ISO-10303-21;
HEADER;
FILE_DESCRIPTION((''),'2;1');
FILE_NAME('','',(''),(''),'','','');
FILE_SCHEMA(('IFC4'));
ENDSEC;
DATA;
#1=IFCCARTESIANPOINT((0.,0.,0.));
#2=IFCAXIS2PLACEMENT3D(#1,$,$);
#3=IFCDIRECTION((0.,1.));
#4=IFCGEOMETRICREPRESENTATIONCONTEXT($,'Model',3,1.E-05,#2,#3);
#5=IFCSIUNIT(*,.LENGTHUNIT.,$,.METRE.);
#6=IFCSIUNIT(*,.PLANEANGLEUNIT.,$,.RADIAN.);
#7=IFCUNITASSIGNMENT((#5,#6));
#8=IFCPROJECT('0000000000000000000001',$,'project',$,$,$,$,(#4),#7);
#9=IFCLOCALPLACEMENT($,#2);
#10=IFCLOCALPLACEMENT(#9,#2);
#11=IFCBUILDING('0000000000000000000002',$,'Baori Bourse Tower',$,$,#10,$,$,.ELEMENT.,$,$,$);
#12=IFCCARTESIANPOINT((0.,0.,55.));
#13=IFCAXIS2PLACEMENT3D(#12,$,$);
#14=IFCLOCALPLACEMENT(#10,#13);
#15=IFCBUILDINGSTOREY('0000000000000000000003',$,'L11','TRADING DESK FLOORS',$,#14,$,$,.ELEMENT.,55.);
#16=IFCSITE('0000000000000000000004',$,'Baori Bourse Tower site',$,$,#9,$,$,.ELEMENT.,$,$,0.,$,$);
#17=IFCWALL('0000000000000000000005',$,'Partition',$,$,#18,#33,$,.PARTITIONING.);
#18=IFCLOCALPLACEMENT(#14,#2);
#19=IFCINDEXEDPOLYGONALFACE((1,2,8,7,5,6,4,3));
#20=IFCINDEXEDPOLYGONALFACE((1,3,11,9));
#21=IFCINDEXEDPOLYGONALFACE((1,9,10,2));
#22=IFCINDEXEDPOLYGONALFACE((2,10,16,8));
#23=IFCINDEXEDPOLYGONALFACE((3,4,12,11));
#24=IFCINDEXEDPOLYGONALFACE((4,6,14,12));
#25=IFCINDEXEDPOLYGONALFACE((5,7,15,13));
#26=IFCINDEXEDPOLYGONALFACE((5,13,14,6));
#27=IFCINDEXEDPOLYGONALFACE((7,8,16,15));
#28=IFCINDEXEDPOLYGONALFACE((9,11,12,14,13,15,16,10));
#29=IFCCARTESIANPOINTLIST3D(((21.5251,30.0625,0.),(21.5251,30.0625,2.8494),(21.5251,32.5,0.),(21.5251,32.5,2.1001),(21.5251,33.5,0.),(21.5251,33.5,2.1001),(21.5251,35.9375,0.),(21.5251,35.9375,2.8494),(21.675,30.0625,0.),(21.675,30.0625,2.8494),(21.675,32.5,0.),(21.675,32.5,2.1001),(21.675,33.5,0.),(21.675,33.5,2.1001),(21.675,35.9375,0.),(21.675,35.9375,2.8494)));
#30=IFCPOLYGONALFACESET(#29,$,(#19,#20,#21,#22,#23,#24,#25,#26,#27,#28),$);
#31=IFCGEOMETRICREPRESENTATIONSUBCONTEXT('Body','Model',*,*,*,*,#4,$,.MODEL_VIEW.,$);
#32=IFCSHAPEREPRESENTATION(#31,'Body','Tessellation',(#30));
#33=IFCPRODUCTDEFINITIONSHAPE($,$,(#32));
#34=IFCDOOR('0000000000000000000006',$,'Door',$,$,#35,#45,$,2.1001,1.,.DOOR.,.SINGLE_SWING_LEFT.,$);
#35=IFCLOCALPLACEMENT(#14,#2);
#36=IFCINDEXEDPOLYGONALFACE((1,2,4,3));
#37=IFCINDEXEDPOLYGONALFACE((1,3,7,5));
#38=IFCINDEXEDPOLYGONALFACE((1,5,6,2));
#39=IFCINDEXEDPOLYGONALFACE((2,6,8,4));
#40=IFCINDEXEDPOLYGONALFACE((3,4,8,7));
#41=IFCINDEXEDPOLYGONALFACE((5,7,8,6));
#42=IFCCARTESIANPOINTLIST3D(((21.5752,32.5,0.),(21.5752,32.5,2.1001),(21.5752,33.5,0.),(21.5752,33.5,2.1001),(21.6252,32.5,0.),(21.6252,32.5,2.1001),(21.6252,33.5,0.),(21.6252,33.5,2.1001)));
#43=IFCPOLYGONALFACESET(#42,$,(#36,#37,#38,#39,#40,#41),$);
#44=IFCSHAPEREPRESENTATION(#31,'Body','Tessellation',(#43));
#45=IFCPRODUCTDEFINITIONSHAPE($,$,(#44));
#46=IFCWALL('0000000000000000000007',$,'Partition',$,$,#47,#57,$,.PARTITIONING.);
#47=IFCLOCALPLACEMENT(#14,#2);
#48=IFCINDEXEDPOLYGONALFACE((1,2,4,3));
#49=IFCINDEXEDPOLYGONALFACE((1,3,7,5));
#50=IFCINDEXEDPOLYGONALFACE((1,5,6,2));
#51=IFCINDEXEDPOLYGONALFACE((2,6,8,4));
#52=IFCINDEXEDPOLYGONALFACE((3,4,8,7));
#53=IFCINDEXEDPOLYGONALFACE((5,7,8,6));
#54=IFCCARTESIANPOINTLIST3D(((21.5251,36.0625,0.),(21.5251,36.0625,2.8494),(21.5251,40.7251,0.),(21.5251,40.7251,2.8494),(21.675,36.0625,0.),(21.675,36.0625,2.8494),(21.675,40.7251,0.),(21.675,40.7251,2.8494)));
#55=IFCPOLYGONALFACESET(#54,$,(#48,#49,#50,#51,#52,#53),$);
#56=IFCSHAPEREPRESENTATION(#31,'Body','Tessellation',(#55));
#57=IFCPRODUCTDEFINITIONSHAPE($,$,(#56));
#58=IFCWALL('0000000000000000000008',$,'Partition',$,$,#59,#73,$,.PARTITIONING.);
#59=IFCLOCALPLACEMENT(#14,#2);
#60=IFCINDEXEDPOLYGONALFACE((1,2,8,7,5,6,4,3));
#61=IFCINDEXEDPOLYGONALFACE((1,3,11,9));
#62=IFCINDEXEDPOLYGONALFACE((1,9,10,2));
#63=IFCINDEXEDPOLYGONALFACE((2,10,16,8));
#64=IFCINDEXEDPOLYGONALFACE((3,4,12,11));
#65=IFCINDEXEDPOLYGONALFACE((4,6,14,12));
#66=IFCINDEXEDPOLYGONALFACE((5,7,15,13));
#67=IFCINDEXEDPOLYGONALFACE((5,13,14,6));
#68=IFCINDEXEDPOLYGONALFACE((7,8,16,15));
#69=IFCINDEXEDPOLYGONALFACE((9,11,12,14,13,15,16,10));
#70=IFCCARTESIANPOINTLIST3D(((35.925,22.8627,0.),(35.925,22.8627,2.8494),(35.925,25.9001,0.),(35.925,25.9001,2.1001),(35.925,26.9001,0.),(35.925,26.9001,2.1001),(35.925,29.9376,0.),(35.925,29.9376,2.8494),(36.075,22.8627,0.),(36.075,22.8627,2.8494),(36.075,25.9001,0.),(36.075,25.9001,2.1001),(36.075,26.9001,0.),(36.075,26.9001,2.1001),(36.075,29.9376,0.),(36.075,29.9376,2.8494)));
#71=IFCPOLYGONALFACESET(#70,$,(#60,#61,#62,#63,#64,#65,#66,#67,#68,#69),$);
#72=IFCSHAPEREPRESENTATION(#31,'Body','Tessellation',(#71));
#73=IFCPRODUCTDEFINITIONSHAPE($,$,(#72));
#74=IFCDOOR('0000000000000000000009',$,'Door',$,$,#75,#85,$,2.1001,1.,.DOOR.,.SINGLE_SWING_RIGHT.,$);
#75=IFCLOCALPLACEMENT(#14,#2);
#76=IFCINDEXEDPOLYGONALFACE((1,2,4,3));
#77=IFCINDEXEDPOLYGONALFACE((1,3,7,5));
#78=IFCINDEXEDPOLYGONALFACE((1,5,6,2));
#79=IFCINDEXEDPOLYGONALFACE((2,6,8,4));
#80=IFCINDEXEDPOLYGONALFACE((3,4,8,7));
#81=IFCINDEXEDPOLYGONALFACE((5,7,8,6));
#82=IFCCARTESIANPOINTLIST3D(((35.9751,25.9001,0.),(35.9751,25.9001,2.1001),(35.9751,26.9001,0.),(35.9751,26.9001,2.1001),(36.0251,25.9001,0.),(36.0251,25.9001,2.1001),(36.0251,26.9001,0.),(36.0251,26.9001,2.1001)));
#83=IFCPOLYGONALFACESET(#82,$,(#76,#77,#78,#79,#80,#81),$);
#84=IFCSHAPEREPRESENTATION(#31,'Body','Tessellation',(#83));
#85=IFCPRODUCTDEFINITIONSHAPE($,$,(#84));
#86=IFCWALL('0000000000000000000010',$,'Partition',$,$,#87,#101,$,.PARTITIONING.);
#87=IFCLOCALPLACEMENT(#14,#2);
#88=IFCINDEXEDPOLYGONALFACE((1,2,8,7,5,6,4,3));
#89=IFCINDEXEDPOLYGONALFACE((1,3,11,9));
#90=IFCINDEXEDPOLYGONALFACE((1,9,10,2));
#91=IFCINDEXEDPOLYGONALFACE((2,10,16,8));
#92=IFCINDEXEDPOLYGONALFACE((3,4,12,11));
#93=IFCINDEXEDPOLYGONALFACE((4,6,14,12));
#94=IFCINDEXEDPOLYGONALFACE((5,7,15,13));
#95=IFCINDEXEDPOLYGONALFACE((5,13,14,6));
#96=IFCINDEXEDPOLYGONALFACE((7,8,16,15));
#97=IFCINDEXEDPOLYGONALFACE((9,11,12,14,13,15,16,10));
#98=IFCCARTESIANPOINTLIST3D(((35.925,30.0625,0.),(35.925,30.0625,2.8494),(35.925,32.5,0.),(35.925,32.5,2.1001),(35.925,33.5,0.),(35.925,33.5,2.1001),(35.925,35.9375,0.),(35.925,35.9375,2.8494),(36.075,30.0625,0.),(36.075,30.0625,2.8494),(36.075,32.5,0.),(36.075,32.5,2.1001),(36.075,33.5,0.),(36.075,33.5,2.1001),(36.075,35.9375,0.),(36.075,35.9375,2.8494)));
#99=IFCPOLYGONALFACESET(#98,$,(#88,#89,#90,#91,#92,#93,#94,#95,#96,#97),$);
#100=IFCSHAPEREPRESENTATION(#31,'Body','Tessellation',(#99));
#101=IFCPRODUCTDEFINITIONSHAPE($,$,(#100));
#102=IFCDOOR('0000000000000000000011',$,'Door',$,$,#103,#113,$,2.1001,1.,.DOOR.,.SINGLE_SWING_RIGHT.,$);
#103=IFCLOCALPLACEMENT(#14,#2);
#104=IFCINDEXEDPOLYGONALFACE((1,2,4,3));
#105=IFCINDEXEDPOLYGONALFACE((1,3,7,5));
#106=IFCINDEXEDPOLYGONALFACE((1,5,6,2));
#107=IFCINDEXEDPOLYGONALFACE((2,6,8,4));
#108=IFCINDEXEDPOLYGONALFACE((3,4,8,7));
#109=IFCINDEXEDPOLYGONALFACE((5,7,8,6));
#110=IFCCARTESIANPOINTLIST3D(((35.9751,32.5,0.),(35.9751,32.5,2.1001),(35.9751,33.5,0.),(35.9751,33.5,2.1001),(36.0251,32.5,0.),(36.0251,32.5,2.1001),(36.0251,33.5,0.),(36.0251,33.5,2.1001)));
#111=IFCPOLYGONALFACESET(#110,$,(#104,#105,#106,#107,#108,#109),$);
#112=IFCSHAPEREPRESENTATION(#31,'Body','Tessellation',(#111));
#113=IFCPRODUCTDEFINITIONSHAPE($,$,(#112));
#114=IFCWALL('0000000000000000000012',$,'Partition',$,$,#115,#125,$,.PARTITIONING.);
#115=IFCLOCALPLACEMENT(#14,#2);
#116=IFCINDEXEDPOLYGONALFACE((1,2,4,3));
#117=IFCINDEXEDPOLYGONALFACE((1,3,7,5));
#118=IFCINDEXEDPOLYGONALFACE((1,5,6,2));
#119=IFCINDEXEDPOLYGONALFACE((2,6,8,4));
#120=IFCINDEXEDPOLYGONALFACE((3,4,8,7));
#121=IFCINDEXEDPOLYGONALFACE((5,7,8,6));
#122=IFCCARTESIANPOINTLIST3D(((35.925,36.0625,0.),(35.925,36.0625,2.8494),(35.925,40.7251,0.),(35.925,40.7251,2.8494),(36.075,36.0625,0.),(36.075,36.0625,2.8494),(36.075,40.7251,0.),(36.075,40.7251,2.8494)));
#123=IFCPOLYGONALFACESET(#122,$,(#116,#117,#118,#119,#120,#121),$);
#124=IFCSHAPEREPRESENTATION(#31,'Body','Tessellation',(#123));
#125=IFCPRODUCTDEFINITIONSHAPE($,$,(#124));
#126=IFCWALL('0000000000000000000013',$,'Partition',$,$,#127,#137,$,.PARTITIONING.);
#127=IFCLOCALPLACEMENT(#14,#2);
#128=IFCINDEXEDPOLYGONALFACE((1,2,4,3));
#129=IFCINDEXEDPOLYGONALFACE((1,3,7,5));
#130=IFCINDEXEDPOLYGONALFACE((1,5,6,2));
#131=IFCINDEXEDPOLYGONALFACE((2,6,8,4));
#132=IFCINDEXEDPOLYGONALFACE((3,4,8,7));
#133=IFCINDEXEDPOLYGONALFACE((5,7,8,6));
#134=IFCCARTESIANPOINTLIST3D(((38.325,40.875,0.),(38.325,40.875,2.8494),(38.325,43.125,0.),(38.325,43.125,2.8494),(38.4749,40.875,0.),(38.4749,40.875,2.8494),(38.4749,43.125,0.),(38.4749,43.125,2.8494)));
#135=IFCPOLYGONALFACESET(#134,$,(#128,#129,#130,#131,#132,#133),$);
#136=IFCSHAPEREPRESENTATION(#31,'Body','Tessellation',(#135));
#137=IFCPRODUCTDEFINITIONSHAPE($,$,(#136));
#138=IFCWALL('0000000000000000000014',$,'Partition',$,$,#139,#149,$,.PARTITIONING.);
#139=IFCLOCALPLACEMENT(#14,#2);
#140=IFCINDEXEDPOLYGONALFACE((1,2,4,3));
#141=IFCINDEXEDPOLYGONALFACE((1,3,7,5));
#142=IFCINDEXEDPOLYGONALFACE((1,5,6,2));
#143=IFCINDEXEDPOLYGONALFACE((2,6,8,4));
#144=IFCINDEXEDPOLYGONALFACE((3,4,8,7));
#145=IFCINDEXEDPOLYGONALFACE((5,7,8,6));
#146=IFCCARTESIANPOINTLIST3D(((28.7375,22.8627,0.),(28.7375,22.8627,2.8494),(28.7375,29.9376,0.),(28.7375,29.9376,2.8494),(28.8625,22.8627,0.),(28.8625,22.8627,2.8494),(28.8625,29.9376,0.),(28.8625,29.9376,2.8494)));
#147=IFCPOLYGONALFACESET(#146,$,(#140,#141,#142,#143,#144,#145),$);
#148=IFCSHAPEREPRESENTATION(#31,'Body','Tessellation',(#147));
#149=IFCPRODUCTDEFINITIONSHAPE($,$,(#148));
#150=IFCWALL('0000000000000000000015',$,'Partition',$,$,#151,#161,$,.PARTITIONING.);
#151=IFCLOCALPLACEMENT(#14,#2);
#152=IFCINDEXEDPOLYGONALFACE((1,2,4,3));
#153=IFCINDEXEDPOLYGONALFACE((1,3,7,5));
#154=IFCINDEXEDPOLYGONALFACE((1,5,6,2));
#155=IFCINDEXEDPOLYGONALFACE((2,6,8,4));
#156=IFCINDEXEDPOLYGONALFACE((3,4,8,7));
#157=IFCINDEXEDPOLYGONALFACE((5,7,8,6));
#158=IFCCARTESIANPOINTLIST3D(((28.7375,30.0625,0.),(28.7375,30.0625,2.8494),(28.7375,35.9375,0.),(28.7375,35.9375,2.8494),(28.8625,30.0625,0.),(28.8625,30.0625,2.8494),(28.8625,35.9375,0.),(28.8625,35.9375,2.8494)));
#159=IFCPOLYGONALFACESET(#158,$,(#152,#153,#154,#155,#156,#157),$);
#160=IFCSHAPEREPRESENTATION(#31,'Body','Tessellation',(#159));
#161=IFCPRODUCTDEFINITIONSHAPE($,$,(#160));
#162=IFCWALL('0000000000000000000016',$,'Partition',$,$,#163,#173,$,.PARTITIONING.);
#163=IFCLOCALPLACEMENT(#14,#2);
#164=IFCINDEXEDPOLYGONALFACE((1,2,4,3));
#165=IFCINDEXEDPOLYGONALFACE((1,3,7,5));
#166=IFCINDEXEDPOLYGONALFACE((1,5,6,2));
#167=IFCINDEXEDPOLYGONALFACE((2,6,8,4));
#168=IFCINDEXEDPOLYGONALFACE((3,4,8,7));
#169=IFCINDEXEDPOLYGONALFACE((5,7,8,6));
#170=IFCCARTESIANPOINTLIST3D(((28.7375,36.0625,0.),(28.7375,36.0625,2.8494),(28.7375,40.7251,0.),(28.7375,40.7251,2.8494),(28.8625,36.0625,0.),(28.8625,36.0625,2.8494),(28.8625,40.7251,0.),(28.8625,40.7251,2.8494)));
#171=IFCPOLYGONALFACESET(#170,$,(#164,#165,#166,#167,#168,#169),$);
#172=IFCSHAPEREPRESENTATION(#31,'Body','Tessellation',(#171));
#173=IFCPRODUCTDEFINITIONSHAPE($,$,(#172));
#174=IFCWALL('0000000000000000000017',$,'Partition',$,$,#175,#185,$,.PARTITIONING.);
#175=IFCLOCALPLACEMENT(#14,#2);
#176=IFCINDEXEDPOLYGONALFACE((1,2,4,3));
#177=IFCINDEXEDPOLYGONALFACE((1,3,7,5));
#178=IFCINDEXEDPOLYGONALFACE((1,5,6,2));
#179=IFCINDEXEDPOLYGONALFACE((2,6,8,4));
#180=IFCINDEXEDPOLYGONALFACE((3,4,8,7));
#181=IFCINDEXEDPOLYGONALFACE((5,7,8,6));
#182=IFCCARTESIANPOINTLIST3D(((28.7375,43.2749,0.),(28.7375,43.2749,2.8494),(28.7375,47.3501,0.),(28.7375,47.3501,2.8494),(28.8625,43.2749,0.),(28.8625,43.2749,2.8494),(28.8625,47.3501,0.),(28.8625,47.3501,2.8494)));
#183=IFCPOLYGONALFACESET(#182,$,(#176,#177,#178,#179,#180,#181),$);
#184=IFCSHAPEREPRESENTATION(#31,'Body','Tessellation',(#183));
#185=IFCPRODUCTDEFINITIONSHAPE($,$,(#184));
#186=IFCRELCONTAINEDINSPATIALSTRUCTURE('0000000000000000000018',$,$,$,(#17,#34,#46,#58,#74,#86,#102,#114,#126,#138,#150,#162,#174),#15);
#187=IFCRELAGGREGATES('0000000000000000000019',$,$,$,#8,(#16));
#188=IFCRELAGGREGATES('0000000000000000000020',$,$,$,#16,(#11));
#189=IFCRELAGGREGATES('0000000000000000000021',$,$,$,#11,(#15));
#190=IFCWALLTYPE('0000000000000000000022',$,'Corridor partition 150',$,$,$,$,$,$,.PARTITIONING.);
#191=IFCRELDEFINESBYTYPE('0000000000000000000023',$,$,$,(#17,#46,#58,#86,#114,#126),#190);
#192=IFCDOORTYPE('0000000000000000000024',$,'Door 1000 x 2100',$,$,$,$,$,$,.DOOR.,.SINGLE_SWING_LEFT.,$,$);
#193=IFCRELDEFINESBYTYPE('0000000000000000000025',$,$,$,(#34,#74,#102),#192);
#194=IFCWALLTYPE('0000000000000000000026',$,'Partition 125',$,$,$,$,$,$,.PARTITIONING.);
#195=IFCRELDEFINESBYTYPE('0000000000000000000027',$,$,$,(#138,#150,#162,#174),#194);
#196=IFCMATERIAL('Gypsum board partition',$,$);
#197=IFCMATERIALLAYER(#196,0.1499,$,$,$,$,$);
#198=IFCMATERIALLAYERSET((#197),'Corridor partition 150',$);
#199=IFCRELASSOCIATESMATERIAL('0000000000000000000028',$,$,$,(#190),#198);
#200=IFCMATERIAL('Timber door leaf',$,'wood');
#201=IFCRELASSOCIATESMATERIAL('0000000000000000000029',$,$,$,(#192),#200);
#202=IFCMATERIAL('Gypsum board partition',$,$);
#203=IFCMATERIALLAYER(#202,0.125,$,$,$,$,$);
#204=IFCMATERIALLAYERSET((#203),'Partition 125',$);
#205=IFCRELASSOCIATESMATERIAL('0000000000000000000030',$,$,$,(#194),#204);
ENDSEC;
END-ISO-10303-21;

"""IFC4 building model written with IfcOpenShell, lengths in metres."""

from ifc_helpers import new_model, si_unit, direction, frame, frame_2d, origin, place, context, subcontext, project, spatial, rectangle, extrude, material, layer, layer_set, type_object, element, fill, save


model = new_model("IFC4")

# Units and contexts
model_context = context("Model", 3, precision=1e-05, world=origin(), true_north=direction((0.0, 1.0)))
body_context = subcontext(model_context, "Body", "Model", "MODEL_VIEW")
ifc_project = project(units=[si_unit("LENGTHUNIT", "METRE"), si_unit("PLANEANGLEUNIT", "RADIAN")], contexts=[model_context])

# Site, building, storey
site_placement = place(None, origin())
site = spatial("IfcSite", under=ifc_project, at=site_placement, Name="Baori Bourse Tower site", CompositionType="ELEMENT", RefElevation=0.0)
building_placement = place(site_placement, origin())
building = spatial("IfcBuilding", under=site, at=building_placement, Name="Baori Bourse Tower", CompositionType="ELEMENT")
storey_placement = place(building_placement, frame((0.0, 0.0, 55.0)))
storey = spatial("IfcBuildingStorey", under=building, at=storey_placement, Name="L11", Description="TRADING DESK FLOORS", CompositionType="ELEMENT", Elevation=55.0)

# Wall, opening, door
ifc_material_1 = material(Name="Gypsum board partition")
ifc_layer_1 = layer(ifc_material_1, 0.1499)
ifc_layer_set_1 = layer_set([ifc_layer_1], Name="Corridor partition 150")
wall_type_1 = type_object("IfcWallType", Name="Corridor partition 150", PredefinedType="PARTITIONING", material=ifc_layer_set_1)
ifc_material_2 = material(Name="Timber door leaf", Category="wood")
door_type_1 = type_object("IfcDoorType", Name="Door 1000 x 2100", OperationType="SINGLE_SWING_LEFT", PredefinedType="DOOR", material=ifc_material_2)
wall_1_placement = place(storey_placement, frame((21.6001, 30.0625, 0.0), z_axis=(0.0, 0.0, 1.0), x_axis=(0.0, 1.0, 0.0)))
wall_1 = element("IfcWall", 1, at=wall_1_placement, inside=storey, type_object=wall_type_1, Name="Partition", PredefinedType="PARTITIONING", context=body_context, shape_type="SweptSolid", body=[
    extrude(rectangle(XDim=5.875, YDim=0.1499, at=frame_2d((2.9375, 0.0))), origin(), (0.0, 0.0, 1.0), 2.8494),
])
opening_1_placement = place(wall_1_placement, frame((2.4375, 0.0, 0.0)))
opening_1 = element("IfcOpeningElement", 2, at=opening_1_placement, cuts=wall_1, PredefinedType="OPENING", context=body_context, shape_type="SweptSolid", body=[
    extrude(rectangle(XDim=1.0, YDim=2.1001, at=frame_2d((0.5, 1.05))), frame((0.0, 0.085, 0.0), z_axis=(0.0, -1.0, 0.0), x_axis=(1.0, 0.0, 0.0)), (0.0, 0.0, 1.0), 0.1699),
])
door_1_placement = place(opening_1_placement, origin())
door_1 = element("IfcDoor", 3, at=door_1_placement, inside=storey, type_object=door_type_1, Name="Door", OperationType="SINGLE_SWING_LEFT", OverallHeight=2.1001, OverallWidth=1.0, PredefinedType="DOOR", context=body_context, shape_type="SweptSolid", body=[
    extrude(rectangle(XDim=1.0, YDim=2.1001, at=frame_2d((0.5, 1.05))), frame((0.0, 0.0249, 0.0), z_axis=(0.0, -1.0, 0.0), x_axis=(1.0, 0.0, 0.0)), (0.0, 0.0, 1.0), 0.05),
])
fill(opening_1, door_1)

# Wall
wall_2_placement = place(storey_placement, frame((21.6001, 36.0625, 0.0), z_axis=(0.0, 0.0, 1.0), x_axis=(0.0, 1.0, 0.0)))
element("IfcWall", 4, at=wall_2_placement, inside=storey, type_object=wall_type_1, Name="Partition", PredefinedType="PARTITIONING", context=body_context, shape_type="SweptSolid", body=[
    extrude(rectangle(XDim=4.6626, YDim=0.1499, at=frame_2d((2.3313, 0.0))), origin(), (0.0, 0.0, 1.0), 2.8494),
])

# Walls, openings, doors
wall_3_placement = place(storey_placement, frame((36.0, 22.8625, 0.0), z_axis=(0.0, 0.0, 1.0), x_axis=(0.0, 1.0, 0.0)))
wall_3 = element("IfcWall", 5, at=wall_3_placement, inside=storey, type_object=wall_type_1, Name="Partition", PredefinedType="PARTITIONING", context=body_context, shape_type="SweptSolid", body=[
    extrude(rectangle(XDim=7.075, YDim=0.1499, at=frame_2d((3.5376, 0.0))), origin(), (0.0, 0.0, 1.0), 2.8494),
])
opening_2_placement = place(wall_3_placement, frame((3.0376, 0.0, 0.0)))
opening_2 = element("IfcOpeningElement", 6, at=opening_2_placement, cuts=wall_3, PredefinedType="OPENING", context=body_context, shape_type="SweptSolid", body=[
    extrude(rectangle(XDim=1.0, YDim=2.1001, at=frame_2d((0.5, 1.05))), frame((0.0, 0.085, 0.0), z_axis=(0.0, -1.0, 0.0), x_axis=(1.0, 0.0, 0.0)), (0.0, 0.0, 1.0), 0.1699),
])
door_2_placement = place(opening_2_placement, origin())
door_2 = element("IfcDoor", 7, at=door_2_placement, inside=storey, type_object=door_type_1, Name="Door", OperationType="SINGLE_SWING_RIGHT", OverallHeight=2.1001, OverallWidth=1.0, PredefinedType="DOOR", context=body_context, shape_type="SweptSolid", body=[
    extrude(rectangle(XDim=1.0, YDim=2.1001, at=frame_2d((0.5, 1.05))), frame((0.0, 0.0249, 0.0), z_axis=(0.0, -1.0, 0.0), x_axis=(1.0, 0.0, 0.0)), (0.0, 0.0, 1.0), 0.05),
])
fill(opening_2, door_2)
wall_4_placement = place(storey_placement, frame((36.0, 30.0625, 0.0), z_axis=(0.0, 0.0, 1.0), x_axis=(0.0, 1.0, 0.0)))
wall_4 = element("IfcWall", 8, at=wall_4_placement, inside=storey, type_object=wall_type_1, Name="Partition", PredefinedType="PARTITIONING", context=body_context, shape_type="SweptSolid", body=[
    extrude(rectangle(XDim=5.875, YDim=0.1499, at=frame_2d((2.9375, 0.0))), origin(), (0.0, 0.0, 1.0), 2.8494),
])
opening_3_placement = place(wall_4_placement, frame((2.4375, 0.0, 0.0)))
opening_3 = element("IfcOpeningElement", 9, at=opening_3_placement, cuts=wall_4, PredefinedType="OPENING", context=body_context, shape_type="SweptSolid", body=[
    extrude(rectangle(XDim=1.0, YDim=2.1001, at=frame_2d((0.5, 1.05))), frame((0.0, 0.085, 0.0), z_axis=(0.0, -1.0, 0.0), x_axis=(1.0, 0.0, 0.0)), (0.0, 0.0, 1.0), 0.1699),
])
door_3_placement = place(opening_3_placement, origin())
door_3 = element("IfcDoor", 10, at=door_3_placement, inside=storey, type_object=door_type_1, Name="Door", OperationType="SINGLE_SWING_RIGHT", OverallHeight=2.1001, OverallWidth=1.0, PredefinedType="DOOR", context=body_context, shape_type="SweptSolid", body=[
    extrude(rectangle(XDim=1.0, YDim=2.1001, at=frame_2d((0.5, 1.05))), frame((0.0, 0.0249, 0.0), z_axis=(0.0, -1.0, 0.0), x_axis=(1.0, 0.0, 0.0)), (0.0, 0.0, 1.0), 0.05),
])
fill(opening_3, door_3)

# Walls
wall_5_placement = place(storey_placement, frame((36.0, 36.0625, 0.0), z_axis=(0.0, 0.0, 1.0), x_axis=(0.0, 1.0, 0.0)))
element("IfcWall", 11, at=wall_5_placement, inside=storey, type_object=wall_type_1, Name="Partition", PredefinedType="PARTITIONING", context=body_context, shape_type="SweptSolid", body=[
    extrude(rectangle(XDim=4.6626, YDim=0.1499, at=frame_2d((2.3313, 0.0))), origin(), (0.0, 0.0, 1.0), 2.8494),
])
wall_6_placement = place(storey_placement, frame((38.3999, 40.875, 0.0), z_axis=(0.0, 0.0, 1.0), x_axis=(0.0, 1.0, 0.0)))
element("IfcWall", 12, at=wall_6_placement, inside=storey, type_object=wall_type_1, Name="Partition", PredefinedType="PARTITIONING", context=body_context, shape_type="SweptSolid", body=[
    extrude(rectangle(XDim=2.25, YDim=0.1499, at=frame_2d((1.125, 0.0))), origin(), (0.0, 0.0, 1.0), 2.8494),
])
ifc_material_3 = material(Name="Gypsum board partition")
ifc_layer_2 = layer(ifc_material_3, 0.125)
ifc_layer_set_2 = layer_set([ifc_layer_2], Name="Partition 125")
wall_type_2 = type_object("IfcWallType", Name="Partition 125", PredefinedType="PARTITIONING", material=ifc_layer_set_2)
wall_7_placement = place(storey_placement, frame((28.8, 22.8625, 0.0), z_axis=(0.0, 0.0, 1.0), x_axis=(0.0, 1.0, 0.0)))
element("IfcWall", 13, at=wall_7_placement, inside=storey, type_object=wall_type_2, Name="Partition", PredefinedType="PARTITIONING", context=body_context, shape_type="SweptSolid", body=[
    extrude(rectangle(XDim=7.075, YDim=0.125, at=frame_2d((3.5376, 0.0))), origin(), (0.0, 0.0, 1.0), 2.8494),
])
wall_8_placement = place(storey_placement, frame((28.8, 30.0625, 0.0), z_axis=(0.0, 0.0, 1.0), x_axis=(0.0, 1.0, 0.0)))
element("IfcWall", 14, at=wall_8_placement, inside=storey, type_object=wall_type_2, Name="Partition", PredefinedType="PARTITIONING", context=body_context, shape_type="SweptSolid", body=[
    extrude(rectangle(XDim=5.875, YDim=0.125, at=frame_2d((2.9375, 0.0))), origin(), (0.0, 0.0, 1.0), 2.8494),
])
wall_9_placement = place(storey_placement, frame((28.8, 36.0625, 0.0), z_axis=(0.0, 0.0, 1.0), x_axis=(0.0, 1.0, 0.0)))
element("IfcWall", 15, at=wall_9_placement, inside=storey, type_object=wall_type_2, Name="Partition", PredefinedType="PARTITIONING", context=body_context, shape_type="SweptSolid", body=[
    extrude(rectangle(XDim=4.6626, YDim=0.125, at=frame_2d((2.3313, 0.0))), origin(), (0.0, 0.0, 1.0), 2.8494),
])
wall_10_placement = place(storey_placement, frame((28.8, 43.2749, 0.0), z_axis=(0.0, 0.0, 1.0), x_axis=(0.0, 1.0, 0.0)))
element("IfcWall", 16, at=wall_10_placement, inside=storey, type_object=wall_type_2, Name="Partition", PredefinedType="PARTITIONING", context=body_context, shape_type="SweptSolid", body=[
    extrude(rectangle(XDim=4.0752, YDim=0.125, at=frame_2d((2.0376, 0.0))), origin(), (0.0, 0.0, 1.0), 2.8494),
])

save(model, "model.ifc")
